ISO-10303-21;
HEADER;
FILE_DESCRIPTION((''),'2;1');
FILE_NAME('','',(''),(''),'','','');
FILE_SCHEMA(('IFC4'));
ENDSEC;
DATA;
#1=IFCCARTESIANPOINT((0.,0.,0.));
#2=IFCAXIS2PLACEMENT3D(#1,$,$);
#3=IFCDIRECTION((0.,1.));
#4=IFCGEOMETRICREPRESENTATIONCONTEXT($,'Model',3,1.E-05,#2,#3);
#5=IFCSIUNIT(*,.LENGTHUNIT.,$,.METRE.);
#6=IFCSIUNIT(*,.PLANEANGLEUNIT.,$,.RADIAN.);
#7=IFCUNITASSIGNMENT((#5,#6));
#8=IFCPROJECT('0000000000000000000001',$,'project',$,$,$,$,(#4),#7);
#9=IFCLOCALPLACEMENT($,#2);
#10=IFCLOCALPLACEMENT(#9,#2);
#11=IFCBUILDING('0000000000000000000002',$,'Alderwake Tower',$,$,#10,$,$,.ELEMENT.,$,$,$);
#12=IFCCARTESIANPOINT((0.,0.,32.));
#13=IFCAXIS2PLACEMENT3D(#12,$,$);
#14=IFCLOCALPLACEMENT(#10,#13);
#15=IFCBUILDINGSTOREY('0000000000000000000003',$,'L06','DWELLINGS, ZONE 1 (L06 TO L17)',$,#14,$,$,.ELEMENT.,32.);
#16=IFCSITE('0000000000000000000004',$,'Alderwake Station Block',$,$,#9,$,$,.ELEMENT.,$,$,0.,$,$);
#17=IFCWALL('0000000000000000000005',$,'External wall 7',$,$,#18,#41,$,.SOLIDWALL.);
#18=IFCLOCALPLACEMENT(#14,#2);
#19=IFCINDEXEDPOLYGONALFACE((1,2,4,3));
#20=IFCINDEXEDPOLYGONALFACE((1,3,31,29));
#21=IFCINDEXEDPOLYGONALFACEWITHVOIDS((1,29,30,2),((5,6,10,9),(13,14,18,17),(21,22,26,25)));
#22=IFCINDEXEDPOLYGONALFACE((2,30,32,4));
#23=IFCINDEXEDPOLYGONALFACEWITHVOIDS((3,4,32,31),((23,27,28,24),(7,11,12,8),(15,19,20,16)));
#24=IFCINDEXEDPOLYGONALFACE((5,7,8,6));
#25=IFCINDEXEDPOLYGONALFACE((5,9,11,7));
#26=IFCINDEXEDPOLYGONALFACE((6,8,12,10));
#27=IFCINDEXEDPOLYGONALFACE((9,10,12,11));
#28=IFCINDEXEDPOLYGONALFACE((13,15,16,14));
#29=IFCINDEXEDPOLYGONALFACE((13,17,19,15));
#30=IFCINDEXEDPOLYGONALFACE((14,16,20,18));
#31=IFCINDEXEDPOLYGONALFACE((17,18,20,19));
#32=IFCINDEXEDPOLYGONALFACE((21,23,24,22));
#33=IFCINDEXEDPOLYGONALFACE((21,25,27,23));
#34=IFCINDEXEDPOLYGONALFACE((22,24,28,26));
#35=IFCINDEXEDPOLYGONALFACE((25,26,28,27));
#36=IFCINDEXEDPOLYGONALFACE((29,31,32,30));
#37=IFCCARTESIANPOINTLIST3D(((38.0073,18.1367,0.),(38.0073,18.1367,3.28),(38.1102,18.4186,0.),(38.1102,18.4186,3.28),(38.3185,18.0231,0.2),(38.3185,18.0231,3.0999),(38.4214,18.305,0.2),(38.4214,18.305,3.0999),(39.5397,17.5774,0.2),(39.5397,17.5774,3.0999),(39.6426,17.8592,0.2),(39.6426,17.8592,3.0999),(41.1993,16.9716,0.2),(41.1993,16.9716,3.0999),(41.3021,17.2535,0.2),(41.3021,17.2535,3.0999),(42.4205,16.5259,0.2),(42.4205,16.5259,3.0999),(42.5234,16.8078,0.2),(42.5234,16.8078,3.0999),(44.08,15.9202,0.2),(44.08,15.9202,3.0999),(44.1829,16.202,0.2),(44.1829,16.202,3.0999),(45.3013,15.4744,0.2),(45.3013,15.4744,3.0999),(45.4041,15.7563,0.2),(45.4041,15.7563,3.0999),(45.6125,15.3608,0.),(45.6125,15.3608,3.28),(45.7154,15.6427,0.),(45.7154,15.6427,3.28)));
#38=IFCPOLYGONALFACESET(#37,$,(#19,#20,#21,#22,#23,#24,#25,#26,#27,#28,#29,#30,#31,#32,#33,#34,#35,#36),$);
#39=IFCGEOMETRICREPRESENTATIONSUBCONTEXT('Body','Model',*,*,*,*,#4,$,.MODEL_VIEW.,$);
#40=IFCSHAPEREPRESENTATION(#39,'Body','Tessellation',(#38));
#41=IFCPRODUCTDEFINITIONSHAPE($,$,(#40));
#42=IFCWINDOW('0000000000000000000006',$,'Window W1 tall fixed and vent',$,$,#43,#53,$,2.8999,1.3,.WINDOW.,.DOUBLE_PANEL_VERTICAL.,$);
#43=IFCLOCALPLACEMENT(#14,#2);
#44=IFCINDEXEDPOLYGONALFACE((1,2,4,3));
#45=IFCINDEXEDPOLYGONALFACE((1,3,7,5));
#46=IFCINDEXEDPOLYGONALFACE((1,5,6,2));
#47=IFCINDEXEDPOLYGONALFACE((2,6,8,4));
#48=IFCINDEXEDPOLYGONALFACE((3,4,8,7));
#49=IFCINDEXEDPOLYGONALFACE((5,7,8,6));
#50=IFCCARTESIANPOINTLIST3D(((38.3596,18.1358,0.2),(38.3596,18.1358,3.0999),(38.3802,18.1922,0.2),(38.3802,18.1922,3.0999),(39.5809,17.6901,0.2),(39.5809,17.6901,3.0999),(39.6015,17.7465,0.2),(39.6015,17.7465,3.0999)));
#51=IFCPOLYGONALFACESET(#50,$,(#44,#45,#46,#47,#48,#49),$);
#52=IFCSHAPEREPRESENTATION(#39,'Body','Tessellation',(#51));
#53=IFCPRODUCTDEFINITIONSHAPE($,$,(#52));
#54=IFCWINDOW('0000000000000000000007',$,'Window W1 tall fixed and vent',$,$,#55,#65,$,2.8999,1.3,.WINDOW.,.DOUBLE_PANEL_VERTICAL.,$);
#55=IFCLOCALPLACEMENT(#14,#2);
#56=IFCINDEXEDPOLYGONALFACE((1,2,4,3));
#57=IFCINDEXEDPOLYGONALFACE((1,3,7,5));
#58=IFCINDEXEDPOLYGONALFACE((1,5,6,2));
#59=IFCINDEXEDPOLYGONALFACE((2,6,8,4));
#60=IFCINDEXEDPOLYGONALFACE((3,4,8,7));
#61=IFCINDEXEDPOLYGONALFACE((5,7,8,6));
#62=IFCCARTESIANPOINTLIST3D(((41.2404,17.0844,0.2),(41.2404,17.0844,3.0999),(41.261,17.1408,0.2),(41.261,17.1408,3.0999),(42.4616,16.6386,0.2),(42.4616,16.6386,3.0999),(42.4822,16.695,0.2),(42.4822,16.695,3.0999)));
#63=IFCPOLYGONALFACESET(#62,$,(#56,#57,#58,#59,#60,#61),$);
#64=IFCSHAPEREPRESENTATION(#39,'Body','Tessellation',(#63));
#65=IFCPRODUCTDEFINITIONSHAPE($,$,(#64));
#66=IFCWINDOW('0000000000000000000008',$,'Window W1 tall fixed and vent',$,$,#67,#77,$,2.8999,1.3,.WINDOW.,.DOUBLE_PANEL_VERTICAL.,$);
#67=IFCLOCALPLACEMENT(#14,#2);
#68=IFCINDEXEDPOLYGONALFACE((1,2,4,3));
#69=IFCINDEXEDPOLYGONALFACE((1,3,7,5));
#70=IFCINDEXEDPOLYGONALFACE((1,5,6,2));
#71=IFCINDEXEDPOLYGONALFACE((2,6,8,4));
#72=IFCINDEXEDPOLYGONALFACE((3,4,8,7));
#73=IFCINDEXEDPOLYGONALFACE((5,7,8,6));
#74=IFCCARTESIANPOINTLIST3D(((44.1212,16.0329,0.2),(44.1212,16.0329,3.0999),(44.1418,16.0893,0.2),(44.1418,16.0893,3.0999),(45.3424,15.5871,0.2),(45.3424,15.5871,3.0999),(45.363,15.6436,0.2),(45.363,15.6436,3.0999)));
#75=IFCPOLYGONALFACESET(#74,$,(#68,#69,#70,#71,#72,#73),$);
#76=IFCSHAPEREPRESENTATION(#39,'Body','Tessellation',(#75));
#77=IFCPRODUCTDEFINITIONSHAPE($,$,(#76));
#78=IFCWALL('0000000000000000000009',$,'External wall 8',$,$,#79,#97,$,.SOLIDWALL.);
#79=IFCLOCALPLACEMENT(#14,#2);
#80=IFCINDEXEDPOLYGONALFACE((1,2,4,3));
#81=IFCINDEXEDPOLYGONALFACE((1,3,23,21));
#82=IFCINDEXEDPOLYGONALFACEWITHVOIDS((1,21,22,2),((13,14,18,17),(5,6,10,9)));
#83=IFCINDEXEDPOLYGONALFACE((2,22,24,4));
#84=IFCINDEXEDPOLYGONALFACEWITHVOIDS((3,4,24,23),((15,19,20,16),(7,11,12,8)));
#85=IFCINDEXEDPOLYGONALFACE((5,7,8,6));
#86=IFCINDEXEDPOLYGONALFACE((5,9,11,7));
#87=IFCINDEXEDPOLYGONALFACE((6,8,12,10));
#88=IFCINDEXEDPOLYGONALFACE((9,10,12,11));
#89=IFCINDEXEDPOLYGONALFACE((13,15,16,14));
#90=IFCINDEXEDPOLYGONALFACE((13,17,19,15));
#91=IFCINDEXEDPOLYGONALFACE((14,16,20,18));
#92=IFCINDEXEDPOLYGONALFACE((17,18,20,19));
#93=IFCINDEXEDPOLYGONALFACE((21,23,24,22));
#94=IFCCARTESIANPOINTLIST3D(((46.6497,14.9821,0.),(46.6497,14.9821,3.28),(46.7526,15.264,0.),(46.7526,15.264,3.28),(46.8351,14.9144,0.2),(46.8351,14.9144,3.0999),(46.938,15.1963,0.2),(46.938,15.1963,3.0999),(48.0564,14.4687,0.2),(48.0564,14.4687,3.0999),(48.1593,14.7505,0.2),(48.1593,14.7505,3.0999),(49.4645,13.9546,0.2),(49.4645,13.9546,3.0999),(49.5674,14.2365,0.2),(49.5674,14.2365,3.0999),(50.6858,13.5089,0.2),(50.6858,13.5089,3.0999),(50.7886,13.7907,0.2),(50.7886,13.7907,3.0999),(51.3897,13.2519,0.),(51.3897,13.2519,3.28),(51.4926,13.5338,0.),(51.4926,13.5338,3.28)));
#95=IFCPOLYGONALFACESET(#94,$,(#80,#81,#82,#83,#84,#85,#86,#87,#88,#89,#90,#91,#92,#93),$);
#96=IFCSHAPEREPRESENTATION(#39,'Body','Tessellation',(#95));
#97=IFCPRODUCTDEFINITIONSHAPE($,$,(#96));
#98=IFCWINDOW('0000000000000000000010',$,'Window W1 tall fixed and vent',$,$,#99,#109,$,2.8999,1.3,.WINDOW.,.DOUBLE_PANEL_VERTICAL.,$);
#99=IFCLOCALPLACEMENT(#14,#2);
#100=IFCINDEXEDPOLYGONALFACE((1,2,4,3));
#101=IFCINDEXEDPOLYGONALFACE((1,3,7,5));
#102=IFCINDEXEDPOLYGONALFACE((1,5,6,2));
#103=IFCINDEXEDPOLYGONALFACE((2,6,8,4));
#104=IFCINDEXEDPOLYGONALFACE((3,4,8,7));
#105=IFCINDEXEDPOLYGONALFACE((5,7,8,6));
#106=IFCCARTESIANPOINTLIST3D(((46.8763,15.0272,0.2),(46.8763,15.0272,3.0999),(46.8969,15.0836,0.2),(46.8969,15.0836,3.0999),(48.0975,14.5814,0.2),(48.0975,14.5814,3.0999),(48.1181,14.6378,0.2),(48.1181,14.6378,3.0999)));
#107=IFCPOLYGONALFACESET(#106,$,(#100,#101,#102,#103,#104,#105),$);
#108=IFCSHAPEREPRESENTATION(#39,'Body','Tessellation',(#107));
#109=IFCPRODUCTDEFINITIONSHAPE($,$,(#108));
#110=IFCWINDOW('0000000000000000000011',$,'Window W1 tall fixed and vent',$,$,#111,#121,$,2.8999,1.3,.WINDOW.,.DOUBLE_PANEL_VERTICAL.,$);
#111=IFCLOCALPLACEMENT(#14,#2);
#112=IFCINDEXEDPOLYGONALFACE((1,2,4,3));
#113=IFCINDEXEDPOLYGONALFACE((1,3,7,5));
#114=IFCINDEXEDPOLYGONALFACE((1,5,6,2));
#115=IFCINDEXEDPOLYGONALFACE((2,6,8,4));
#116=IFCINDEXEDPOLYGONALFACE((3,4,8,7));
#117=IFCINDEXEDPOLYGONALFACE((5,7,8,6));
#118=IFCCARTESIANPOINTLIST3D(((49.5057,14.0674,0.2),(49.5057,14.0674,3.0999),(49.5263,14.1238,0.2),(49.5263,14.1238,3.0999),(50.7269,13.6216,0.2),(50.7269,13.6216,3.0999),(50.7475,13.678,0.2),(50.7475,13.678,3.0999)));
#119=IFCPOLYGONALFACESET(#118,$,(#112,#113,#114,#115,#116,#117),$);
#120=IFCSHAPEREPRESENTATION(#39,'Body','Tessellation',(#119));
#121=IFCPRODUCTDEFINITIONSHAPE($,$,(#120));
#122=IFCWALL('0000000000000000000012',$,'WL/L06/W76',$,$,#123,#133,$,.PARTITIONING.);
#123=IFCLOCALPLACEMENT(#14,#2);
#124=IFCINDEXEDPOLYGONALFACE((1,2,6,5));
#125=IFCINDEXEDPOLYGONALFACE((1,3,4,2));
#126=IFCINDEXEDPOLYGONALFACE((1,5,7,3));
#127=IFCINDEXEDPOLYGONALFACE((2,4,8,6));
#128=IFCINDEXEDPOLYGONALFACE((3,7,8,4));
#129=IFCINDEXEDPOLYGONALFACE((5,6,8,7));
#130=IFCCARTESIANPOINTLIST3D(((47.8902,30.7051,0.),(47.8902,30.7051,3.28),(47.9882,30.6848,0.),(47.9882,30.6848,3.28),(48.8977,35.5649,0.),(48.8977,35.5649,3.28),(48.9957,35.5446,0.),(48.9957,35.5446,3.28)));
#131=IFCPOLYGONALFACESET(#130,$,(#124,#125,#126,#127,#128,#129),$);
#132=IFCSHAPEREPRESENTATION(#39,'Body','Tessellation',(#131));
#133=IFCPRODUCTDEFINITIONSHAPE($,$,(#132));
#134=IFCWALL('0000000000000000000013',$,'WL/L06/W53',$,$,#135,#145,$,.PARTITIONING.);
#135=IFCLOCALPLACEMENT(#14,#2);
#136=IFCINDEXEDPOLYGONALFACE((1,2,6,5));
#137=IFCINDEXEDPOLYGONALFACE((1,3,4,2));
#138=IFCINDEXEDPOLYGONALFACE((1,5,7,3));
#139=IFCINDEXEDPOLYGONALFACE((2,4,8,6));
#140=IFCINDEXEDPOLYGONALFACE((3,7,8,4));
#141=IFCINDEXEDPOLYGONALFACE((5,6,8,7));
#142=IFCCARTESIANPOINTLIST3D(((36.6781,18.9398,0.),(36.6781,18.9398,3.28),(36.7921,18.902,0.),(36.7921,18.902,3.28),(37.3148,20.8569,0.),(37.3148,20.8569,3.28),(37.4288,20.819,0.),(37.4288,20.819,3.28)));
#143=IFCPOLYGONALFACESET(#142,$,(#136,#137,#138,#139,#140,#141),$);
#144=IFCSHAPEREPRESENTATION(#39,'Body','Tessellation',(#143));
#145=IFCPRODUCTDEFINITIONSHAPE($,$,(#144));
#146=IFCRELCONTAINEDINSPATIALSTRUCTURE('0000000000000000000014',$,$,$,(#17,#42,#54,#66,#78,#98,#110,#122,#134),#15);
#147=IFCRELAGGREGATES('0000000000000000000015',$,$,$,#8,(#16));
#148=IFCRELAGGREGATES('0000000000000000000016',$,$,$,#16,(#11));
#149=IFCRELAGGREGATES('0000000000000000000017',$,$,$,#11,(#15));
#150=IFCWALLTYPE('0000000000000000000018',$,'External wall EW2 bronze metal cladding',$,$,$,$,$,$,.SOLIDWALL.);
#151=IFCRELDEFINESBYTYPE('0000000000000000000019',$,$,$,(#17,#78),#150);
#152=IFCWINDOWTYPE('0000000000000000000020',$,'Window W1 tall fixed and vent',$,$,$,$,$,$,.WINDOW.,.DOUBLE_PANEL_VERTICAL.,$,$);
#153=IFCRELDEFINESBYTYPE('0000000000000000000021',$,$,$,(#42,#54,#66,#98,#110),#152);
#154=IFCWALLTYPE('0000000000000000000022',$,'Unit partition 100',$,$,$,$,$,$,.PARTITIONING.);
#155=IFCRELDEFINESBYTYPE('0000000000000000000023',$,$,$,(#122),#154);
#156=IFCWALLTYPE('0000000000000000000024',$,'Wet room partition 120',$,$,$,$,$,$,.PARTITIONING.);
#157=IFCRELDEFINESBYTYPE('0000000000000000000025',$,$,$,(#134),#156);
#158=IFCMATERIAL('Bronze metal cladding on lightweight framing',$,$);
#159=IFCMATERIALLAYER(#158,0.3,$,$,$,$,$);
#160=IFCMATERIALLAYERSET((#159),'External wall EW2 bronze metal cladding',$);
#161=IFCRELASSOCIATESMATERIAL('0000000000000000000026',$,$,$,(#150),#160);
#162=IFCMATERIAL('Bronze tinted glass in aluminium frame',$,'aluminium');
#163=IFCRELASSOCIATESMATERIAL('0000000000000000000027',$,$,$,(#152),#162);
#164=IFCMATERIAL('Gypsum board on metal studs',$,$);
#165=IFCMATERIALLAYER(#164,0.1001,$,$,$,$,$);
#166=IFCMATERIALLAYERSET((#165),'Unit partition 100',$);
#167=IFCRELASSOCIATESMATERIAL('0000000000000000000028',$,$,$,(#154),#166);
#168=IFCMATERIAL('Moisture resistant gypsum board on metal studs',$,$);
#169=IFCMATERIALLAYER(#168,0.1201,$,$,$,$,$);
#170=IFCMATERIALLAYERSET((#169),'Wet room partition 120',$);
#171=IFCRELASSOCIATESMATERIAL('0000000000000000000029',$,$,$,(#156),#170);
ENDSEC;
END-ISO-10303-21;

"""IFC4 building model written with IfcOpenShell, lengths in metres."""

from ifc_helpers import new_model, si_unit, direction, frame, frame_2d, origin, place, context, subcontext, project, spatial, rectangle, extrude, material, layer, layer_set, type_object, element, fill, save


model = new_model("IFC4")

# Units and contexts
model_context = context("Model", 3, precision=1e-05, world=origin(), true_north=direction((0.0, 1.0)))
body_context = subcontext(model_context, "Body", "Model", "MODEL_VIEW")
ifc_project = project(units=[si_unit("LENGTHUNIT", "METRE"), si_unit("PLANEANGLEUNIT", "RADIAN")], contexts=[model_context])

# Site, building, storey
site_placement = place(None, origin())
site = spatial("IfcSite", under=ifc_project, at=site_placement, Name="Alderwake Station Block", CompositionType="ELEMENT", RefElevation=0.0)
building_placement = place(site_placement, origin())
building = spatial("IfcBuilding", under=site, at=building_placement, Name="Alderwake Tower", CompositionType="ELEMENT")
storey_placement = place(building_placement, frame((0.0, 0.0, 32.0)))
storey = spatial("IfcBuildingStorey", under=building, at=storey_placement, Name="L06", Description="DWELLINGS, ZONE 1 (L06 TO L17)", CompositionType="ELEMENT", Elevation=32.0)

# Walls, openings, windows
ifc_material_1 = material(Name="Bronze metal cladding on lightweight framing")
ifc_layer_1 = layer(ifc_material_1, 0.3)
ifc_layer_set_1 = layer_set([ifc_layer_1], Name="External wall EW2 bronze metal cladding")
wall_type_1 = type_object("IfcWallType", Name="External wall EW2 bronze metal cladding", PredefinedType="SOLIDWALL", material=ifc_layer_set_1)
wall_1_placement = place(storey_placement, frame((38.0588, 18.2776, 0.0), z_axis=(0.0, 0.0, 1.0), x_axis=(0.939382, -0.342871, 0.0)))
wall_1 = element("IfcWall", 1, at=wall_1_placement, inside=storey, type_object=wall_type_1, Name="External wall 7", PredefinedType="SOLIDWALL", context=body_context, shape_type="SweptSolid", body=[
    extrude(rectangle(XDim=8.0959, YDim=0.3, at=frame_2d((4.0479, 0.0))), origin(), (0.0, 0.0, 1.0), 3.28),
])
opening_1_placement = place(wall_1_placement, frame((0.3313, 0.0, 0.2)))
opening_1 = element("IfcOpeningElement", 2, at=opening_1_placement, cuts=wall_1, PredefinedType="OPENING", context=body_context, shape_type="SweptSolid", body=[
    extrude(rectangle(XDim=1.3, YDim=2.8999, at=frame_2d((0.6499, 1.45))), frame((0.0, 0.1599, 0.0), z_axis=(0.0, -1.0, 0.0), x_axis=(1.0, 0.0, 0.0)), (0.0, 0.0, 1.0), 0.3201),
])
opening_2_placement = place(wall_1_placement, frame((3.3979, 0.0, 0.2)))
opening_2 = element("IfcOpeningElement", 3, at=opening_2_placement, cuts=wall_1, PredefinedType="OPENING", context=body_context, shape_type="SweptSolid", body=[
    extrude(rectangle(XDim=1.3, YDim=2.8999, at=frame_2d((0.6499, 1.45))), frame((0.0, 0.1599, 0.0), z_axis=(0.0, -1.0, 0.0), x_axis=(1.0, 0.0, 0.0)), (0.0, 0.0, 1.0), 0.3201),
])
opening_3_placement = place(wall_1_placement, frame((6.4646, 0.0, 0.2)))
opening_3 = element("IfcOpeningElement", 4, at=opening_3_placement, cuts=wall_1, PredefinedType="OPENING", context=body_context, shape_type="SweptSolid", body=[
    extrude(rectangle(XDim=1.3, YDim=2.8999, at=frame_2d((0.6499, 1.45))), frame((0.0, 0.1599, 0.0), z_axis=(0.0, -1.0, 0.0), x_axis=(1.0, 0.0, 0.0)), (0.0, 0.0, 1.0), 0.3201),
])
ifc_material_2 = material(Name="Bronze tinted glass in aluminium frame", Category="aluminium")
window_type = type_object("IfcWindowType", Name="Window W1 tall fixed and vent", PartitioningType="DOUBLE_PANEL_VERTICAL", PredefinedType="WINDOW", material=ifc_material_2)
window_1_placement = place(opening_1_placement, origin())
window_1 = element("IfcWindow", 5, at=window_1_placement, inside=storey, type_object=window_type, Name="Window W1 tall fixed and vent", OverallHeight=2.8999, OverallWidth=1.3, PartitioningType="DOUBLE_PANEL_VERTICAL", PredefinedType="WINDOW", context=body_context, shape_type="SweptSolid", body=[
    extrude(rectangle(XDim=1.3, YDim=2.8999, at=frame_2d((0.6499, 1.45))), frame((0.0, 0.03, 0.0), z_axis=(0.0, -1.0, 0.0), x_axis=(1.0, 0.0, 0.0)), (0.0, 0.0, 1.0), 0.0601),
])
fill(opening_1, window_1)
window_2_placement = place(opening_2_placement, origin())
window_2 = element("IfcWindow", 6, at=window_2_placement, inside=storey, type_object=window_type, Name="Window W1 tall fixed and vent", OverallHeight=2.8999, OverallWidth=1.3, PartitioningType="DOUBLE_PANEL_VERTICAL", PredefinedType="WINDOW", context=body_context, shape_type="SweptSolid", body=[
    extrude(rectangle(XDim=1.3, YDim=2.8999, at=frame_2d((0.6499, 1.45))), frame((0.0, 0.03, 0.0), z_axis=(0.0, -1.0, 0.0), x_axis=(1.0, 0.0, 0.0)), (0.0, 0.0, 1.0), 0.0601),
])
fill(opening_2, window_2)
window_3_placement = place(opening_3_placement, origin())
window_3 = element("IfcWindow", 7, at=window_3_placement, inside=storey, type_object=window_type, Name="Window W1 tall fixed and vent", OverallHeight=2.8999, OverallWidth=1.3, PartitioningType="DOUBLE_PANEL_VERTICAL", PredefinedType="WINDOW", context=body_context, shape_type="SweptSolid", body=[
    extrude(rectangle(XDim=1.3, YDim=2.8999, at=frame_2d((0.6499, 1.45))), frame((0.0, 0.03, 0.0), z_axis=(0.0, -1.0, 0.0), x_axis=(1.0, 0.0, 0.0)), (0.0, 0.0, 1.0), 0.0601),
])
fill(opening_3, window_3)
wall_2_placement = place(storey_placement, frame((46.7012, 15.123, 0.0), z_axis=(0.0, 0.0, 1.0), x_axis=(0.939373, -0.342897, 0.0)))
wall_2 = element("IfcWall", 8, at=wall_2_placement, inside=storey, type_object=wall_type_1, Name="External wall 8", PredefinedType="SOLIDWALL", context=body_context, shape_type="SweptSolid", body=[
    extrude(rectangle(XDim=5.0459, YDim=0.3, at=frame_2d((2.5229, 0.0))), origin(), (0.0, 0.0, 1.0), 3.28),
])
opening_4_placement = place(wall_2_placement, frame((0.1975, 0.0, 0.2)))
opening_4 = element("IfcOpeningElement", 9, at=opening_4_placement, cuts=wall_2, PredefinedType="OPENING", context=body_context, shape_type="SweptSolid", body=[
    extrude(rectangle(XDim=1.3, YDim=2.8999, at=frame_2d((0.6499, 1.45))), frame((0.0, 0.1599, 0.0), z_axis=(0.0, -1.0, 0.0), x_axis=(1.0, 0.0, 0.0)), (0.0, 0.0, 1.0), 0.3201),
])
opening_5_placement = place(wall_2_placement, frame((2.9966, 0.0, 0.2)))
opening_5 = element("IfcOpeningElement", 10, at=opening_5_placement, cuts=wall_2, PredefinedType="OPENING", context=body_context, shape_type="SweptSolid", body=[
    extrude(rectangle(XDim=1.3, YDim=2.8999, at=frame_2d((0.6499, 1.45))), frame((0.0, 0.1599, 0.0), z_axis=(0.0, -1.0, 0.0), x_axis=(1.0, 0.0, 0.0)), (0.0, 0.0, 1.0), 0.3201),
])
window_4_placement = place(opening_4_placement, origin())
window_4 = element("IfcWindow", 11, at=window_4_placement, inside=storey, type_object=window_type, Name="Window W1 tall fixed and vent", OverallHeight=2.8999, OverallWidth=1.3, PartitioningType="DOUBLE_PANEL_VERTICAL", PredefinedType="WINDOW", context=body_context, shape_type="SweptSolid", body=[
    extrude(rectangle(XDim=1.3, YDim=2.8999, at=frame_2d((0.6499, 1.45))), frame((0.0, 0.03, 0.0), z_axis=(0.0, -1.0, 0.0), x_axis=(1.0, 0.0, 0.0)), (0.0, 0.0, 1.0), 0.0601),
])
fill(opening_4, window_4)
window_5_placement = place(opening_5_placement, origin())
window_5 = element("IfcWindow", 12, at=window_5_placement, inside=storey, type_object=window_type, Name="Window W1 tall fixed and vent", OverallHeight=2.8999, OverallWidth=1.3, PartitioningType="DOUBLE_PANEL_VERTICAL", PredefinedType="WINDOW", context=body_context, shape_type="SweptSolid", body=[
    extrude(rectangle(XDim=1.3, YDim=2.8999, at=frame_2d((0.6499, 1.45))), frame((0.0, 0.03, 0.0), z_axis=(0.0, -1.0, 0.0), x_axis=(1.0, 0.0, 0.0)), (0.0, 0.0, 1.0), 0.0601),
])
fill(opening_5, window_5)

# Walls
ifc_material_3 = material(Name="Gypsum board on metal studs")
ifc_layer_2 = layer(ifc_material_3, 0.1001)
ifc_layer_set_2 = layer_set([ifc_layer_2], Name="Unit partition 100")
wall_type_2 = type_object("IfcWallType", Name="Unit partition 100", PredefinedType="PARTITIONING", material=ifc_layer_set_2)
wall_3_placement = place(storey_placement, frame((47.9392, 30.6951, 0.0), z_axis=(0.0, 0.0, 1.0), x_axis=(0.203007, 0.979177, 0.0)))
element("IfcWall", 13, at=wall_3_placement, inside=storey, type_object=wall_type_2, Name="WL/L06/W76", PredefinedType="PARTITIONING", context=body_context, shape_type="SweptSolid", body=[
    extrude(rectangle(XDim=4.9631, YDim=0.1001, at=frame_2d((2.4814, 0.0))), origin(), (0.0, 0.0, 1.0), 3.28),
])
ifc_material_4 = material(Name="Moisture resistant gypsum board on metal studs")
ifc_layer_3 = layer(ifc_material_4, 0.1201)
ifc_layer_set_3 = layer_set([ifc_layer_3], Name="Wet room partition 120")
wall_type_3 = type_object("IfcWallType", Name="Wet room partition 120", PredefinedType="PARTITIONING", material=ifc_layer_set_3)
wall_4_placement = place(storey_placement, frame((36.7351, 18.9209, 0.0), z_axis=(0.0, 0.0, 1.0), x_axis=(0.315212, 0.949021, 0.0)))
element("IfcWall", 14, at=wall_4_placement, inside=storey, type_object=wall_type_3, Name="WL/L06/W53", PredefinedType="PARTITIONING", context=body_context, shape_type="SweptSolid", body=[
    extrude(rectangle(XDim=2.02, YDim=0.1201, at=frame_2d((1.01, 0.0))), origin(), (0.0, 0.0, 1.0), 3.28),
])

save(model, "model.ifc")
